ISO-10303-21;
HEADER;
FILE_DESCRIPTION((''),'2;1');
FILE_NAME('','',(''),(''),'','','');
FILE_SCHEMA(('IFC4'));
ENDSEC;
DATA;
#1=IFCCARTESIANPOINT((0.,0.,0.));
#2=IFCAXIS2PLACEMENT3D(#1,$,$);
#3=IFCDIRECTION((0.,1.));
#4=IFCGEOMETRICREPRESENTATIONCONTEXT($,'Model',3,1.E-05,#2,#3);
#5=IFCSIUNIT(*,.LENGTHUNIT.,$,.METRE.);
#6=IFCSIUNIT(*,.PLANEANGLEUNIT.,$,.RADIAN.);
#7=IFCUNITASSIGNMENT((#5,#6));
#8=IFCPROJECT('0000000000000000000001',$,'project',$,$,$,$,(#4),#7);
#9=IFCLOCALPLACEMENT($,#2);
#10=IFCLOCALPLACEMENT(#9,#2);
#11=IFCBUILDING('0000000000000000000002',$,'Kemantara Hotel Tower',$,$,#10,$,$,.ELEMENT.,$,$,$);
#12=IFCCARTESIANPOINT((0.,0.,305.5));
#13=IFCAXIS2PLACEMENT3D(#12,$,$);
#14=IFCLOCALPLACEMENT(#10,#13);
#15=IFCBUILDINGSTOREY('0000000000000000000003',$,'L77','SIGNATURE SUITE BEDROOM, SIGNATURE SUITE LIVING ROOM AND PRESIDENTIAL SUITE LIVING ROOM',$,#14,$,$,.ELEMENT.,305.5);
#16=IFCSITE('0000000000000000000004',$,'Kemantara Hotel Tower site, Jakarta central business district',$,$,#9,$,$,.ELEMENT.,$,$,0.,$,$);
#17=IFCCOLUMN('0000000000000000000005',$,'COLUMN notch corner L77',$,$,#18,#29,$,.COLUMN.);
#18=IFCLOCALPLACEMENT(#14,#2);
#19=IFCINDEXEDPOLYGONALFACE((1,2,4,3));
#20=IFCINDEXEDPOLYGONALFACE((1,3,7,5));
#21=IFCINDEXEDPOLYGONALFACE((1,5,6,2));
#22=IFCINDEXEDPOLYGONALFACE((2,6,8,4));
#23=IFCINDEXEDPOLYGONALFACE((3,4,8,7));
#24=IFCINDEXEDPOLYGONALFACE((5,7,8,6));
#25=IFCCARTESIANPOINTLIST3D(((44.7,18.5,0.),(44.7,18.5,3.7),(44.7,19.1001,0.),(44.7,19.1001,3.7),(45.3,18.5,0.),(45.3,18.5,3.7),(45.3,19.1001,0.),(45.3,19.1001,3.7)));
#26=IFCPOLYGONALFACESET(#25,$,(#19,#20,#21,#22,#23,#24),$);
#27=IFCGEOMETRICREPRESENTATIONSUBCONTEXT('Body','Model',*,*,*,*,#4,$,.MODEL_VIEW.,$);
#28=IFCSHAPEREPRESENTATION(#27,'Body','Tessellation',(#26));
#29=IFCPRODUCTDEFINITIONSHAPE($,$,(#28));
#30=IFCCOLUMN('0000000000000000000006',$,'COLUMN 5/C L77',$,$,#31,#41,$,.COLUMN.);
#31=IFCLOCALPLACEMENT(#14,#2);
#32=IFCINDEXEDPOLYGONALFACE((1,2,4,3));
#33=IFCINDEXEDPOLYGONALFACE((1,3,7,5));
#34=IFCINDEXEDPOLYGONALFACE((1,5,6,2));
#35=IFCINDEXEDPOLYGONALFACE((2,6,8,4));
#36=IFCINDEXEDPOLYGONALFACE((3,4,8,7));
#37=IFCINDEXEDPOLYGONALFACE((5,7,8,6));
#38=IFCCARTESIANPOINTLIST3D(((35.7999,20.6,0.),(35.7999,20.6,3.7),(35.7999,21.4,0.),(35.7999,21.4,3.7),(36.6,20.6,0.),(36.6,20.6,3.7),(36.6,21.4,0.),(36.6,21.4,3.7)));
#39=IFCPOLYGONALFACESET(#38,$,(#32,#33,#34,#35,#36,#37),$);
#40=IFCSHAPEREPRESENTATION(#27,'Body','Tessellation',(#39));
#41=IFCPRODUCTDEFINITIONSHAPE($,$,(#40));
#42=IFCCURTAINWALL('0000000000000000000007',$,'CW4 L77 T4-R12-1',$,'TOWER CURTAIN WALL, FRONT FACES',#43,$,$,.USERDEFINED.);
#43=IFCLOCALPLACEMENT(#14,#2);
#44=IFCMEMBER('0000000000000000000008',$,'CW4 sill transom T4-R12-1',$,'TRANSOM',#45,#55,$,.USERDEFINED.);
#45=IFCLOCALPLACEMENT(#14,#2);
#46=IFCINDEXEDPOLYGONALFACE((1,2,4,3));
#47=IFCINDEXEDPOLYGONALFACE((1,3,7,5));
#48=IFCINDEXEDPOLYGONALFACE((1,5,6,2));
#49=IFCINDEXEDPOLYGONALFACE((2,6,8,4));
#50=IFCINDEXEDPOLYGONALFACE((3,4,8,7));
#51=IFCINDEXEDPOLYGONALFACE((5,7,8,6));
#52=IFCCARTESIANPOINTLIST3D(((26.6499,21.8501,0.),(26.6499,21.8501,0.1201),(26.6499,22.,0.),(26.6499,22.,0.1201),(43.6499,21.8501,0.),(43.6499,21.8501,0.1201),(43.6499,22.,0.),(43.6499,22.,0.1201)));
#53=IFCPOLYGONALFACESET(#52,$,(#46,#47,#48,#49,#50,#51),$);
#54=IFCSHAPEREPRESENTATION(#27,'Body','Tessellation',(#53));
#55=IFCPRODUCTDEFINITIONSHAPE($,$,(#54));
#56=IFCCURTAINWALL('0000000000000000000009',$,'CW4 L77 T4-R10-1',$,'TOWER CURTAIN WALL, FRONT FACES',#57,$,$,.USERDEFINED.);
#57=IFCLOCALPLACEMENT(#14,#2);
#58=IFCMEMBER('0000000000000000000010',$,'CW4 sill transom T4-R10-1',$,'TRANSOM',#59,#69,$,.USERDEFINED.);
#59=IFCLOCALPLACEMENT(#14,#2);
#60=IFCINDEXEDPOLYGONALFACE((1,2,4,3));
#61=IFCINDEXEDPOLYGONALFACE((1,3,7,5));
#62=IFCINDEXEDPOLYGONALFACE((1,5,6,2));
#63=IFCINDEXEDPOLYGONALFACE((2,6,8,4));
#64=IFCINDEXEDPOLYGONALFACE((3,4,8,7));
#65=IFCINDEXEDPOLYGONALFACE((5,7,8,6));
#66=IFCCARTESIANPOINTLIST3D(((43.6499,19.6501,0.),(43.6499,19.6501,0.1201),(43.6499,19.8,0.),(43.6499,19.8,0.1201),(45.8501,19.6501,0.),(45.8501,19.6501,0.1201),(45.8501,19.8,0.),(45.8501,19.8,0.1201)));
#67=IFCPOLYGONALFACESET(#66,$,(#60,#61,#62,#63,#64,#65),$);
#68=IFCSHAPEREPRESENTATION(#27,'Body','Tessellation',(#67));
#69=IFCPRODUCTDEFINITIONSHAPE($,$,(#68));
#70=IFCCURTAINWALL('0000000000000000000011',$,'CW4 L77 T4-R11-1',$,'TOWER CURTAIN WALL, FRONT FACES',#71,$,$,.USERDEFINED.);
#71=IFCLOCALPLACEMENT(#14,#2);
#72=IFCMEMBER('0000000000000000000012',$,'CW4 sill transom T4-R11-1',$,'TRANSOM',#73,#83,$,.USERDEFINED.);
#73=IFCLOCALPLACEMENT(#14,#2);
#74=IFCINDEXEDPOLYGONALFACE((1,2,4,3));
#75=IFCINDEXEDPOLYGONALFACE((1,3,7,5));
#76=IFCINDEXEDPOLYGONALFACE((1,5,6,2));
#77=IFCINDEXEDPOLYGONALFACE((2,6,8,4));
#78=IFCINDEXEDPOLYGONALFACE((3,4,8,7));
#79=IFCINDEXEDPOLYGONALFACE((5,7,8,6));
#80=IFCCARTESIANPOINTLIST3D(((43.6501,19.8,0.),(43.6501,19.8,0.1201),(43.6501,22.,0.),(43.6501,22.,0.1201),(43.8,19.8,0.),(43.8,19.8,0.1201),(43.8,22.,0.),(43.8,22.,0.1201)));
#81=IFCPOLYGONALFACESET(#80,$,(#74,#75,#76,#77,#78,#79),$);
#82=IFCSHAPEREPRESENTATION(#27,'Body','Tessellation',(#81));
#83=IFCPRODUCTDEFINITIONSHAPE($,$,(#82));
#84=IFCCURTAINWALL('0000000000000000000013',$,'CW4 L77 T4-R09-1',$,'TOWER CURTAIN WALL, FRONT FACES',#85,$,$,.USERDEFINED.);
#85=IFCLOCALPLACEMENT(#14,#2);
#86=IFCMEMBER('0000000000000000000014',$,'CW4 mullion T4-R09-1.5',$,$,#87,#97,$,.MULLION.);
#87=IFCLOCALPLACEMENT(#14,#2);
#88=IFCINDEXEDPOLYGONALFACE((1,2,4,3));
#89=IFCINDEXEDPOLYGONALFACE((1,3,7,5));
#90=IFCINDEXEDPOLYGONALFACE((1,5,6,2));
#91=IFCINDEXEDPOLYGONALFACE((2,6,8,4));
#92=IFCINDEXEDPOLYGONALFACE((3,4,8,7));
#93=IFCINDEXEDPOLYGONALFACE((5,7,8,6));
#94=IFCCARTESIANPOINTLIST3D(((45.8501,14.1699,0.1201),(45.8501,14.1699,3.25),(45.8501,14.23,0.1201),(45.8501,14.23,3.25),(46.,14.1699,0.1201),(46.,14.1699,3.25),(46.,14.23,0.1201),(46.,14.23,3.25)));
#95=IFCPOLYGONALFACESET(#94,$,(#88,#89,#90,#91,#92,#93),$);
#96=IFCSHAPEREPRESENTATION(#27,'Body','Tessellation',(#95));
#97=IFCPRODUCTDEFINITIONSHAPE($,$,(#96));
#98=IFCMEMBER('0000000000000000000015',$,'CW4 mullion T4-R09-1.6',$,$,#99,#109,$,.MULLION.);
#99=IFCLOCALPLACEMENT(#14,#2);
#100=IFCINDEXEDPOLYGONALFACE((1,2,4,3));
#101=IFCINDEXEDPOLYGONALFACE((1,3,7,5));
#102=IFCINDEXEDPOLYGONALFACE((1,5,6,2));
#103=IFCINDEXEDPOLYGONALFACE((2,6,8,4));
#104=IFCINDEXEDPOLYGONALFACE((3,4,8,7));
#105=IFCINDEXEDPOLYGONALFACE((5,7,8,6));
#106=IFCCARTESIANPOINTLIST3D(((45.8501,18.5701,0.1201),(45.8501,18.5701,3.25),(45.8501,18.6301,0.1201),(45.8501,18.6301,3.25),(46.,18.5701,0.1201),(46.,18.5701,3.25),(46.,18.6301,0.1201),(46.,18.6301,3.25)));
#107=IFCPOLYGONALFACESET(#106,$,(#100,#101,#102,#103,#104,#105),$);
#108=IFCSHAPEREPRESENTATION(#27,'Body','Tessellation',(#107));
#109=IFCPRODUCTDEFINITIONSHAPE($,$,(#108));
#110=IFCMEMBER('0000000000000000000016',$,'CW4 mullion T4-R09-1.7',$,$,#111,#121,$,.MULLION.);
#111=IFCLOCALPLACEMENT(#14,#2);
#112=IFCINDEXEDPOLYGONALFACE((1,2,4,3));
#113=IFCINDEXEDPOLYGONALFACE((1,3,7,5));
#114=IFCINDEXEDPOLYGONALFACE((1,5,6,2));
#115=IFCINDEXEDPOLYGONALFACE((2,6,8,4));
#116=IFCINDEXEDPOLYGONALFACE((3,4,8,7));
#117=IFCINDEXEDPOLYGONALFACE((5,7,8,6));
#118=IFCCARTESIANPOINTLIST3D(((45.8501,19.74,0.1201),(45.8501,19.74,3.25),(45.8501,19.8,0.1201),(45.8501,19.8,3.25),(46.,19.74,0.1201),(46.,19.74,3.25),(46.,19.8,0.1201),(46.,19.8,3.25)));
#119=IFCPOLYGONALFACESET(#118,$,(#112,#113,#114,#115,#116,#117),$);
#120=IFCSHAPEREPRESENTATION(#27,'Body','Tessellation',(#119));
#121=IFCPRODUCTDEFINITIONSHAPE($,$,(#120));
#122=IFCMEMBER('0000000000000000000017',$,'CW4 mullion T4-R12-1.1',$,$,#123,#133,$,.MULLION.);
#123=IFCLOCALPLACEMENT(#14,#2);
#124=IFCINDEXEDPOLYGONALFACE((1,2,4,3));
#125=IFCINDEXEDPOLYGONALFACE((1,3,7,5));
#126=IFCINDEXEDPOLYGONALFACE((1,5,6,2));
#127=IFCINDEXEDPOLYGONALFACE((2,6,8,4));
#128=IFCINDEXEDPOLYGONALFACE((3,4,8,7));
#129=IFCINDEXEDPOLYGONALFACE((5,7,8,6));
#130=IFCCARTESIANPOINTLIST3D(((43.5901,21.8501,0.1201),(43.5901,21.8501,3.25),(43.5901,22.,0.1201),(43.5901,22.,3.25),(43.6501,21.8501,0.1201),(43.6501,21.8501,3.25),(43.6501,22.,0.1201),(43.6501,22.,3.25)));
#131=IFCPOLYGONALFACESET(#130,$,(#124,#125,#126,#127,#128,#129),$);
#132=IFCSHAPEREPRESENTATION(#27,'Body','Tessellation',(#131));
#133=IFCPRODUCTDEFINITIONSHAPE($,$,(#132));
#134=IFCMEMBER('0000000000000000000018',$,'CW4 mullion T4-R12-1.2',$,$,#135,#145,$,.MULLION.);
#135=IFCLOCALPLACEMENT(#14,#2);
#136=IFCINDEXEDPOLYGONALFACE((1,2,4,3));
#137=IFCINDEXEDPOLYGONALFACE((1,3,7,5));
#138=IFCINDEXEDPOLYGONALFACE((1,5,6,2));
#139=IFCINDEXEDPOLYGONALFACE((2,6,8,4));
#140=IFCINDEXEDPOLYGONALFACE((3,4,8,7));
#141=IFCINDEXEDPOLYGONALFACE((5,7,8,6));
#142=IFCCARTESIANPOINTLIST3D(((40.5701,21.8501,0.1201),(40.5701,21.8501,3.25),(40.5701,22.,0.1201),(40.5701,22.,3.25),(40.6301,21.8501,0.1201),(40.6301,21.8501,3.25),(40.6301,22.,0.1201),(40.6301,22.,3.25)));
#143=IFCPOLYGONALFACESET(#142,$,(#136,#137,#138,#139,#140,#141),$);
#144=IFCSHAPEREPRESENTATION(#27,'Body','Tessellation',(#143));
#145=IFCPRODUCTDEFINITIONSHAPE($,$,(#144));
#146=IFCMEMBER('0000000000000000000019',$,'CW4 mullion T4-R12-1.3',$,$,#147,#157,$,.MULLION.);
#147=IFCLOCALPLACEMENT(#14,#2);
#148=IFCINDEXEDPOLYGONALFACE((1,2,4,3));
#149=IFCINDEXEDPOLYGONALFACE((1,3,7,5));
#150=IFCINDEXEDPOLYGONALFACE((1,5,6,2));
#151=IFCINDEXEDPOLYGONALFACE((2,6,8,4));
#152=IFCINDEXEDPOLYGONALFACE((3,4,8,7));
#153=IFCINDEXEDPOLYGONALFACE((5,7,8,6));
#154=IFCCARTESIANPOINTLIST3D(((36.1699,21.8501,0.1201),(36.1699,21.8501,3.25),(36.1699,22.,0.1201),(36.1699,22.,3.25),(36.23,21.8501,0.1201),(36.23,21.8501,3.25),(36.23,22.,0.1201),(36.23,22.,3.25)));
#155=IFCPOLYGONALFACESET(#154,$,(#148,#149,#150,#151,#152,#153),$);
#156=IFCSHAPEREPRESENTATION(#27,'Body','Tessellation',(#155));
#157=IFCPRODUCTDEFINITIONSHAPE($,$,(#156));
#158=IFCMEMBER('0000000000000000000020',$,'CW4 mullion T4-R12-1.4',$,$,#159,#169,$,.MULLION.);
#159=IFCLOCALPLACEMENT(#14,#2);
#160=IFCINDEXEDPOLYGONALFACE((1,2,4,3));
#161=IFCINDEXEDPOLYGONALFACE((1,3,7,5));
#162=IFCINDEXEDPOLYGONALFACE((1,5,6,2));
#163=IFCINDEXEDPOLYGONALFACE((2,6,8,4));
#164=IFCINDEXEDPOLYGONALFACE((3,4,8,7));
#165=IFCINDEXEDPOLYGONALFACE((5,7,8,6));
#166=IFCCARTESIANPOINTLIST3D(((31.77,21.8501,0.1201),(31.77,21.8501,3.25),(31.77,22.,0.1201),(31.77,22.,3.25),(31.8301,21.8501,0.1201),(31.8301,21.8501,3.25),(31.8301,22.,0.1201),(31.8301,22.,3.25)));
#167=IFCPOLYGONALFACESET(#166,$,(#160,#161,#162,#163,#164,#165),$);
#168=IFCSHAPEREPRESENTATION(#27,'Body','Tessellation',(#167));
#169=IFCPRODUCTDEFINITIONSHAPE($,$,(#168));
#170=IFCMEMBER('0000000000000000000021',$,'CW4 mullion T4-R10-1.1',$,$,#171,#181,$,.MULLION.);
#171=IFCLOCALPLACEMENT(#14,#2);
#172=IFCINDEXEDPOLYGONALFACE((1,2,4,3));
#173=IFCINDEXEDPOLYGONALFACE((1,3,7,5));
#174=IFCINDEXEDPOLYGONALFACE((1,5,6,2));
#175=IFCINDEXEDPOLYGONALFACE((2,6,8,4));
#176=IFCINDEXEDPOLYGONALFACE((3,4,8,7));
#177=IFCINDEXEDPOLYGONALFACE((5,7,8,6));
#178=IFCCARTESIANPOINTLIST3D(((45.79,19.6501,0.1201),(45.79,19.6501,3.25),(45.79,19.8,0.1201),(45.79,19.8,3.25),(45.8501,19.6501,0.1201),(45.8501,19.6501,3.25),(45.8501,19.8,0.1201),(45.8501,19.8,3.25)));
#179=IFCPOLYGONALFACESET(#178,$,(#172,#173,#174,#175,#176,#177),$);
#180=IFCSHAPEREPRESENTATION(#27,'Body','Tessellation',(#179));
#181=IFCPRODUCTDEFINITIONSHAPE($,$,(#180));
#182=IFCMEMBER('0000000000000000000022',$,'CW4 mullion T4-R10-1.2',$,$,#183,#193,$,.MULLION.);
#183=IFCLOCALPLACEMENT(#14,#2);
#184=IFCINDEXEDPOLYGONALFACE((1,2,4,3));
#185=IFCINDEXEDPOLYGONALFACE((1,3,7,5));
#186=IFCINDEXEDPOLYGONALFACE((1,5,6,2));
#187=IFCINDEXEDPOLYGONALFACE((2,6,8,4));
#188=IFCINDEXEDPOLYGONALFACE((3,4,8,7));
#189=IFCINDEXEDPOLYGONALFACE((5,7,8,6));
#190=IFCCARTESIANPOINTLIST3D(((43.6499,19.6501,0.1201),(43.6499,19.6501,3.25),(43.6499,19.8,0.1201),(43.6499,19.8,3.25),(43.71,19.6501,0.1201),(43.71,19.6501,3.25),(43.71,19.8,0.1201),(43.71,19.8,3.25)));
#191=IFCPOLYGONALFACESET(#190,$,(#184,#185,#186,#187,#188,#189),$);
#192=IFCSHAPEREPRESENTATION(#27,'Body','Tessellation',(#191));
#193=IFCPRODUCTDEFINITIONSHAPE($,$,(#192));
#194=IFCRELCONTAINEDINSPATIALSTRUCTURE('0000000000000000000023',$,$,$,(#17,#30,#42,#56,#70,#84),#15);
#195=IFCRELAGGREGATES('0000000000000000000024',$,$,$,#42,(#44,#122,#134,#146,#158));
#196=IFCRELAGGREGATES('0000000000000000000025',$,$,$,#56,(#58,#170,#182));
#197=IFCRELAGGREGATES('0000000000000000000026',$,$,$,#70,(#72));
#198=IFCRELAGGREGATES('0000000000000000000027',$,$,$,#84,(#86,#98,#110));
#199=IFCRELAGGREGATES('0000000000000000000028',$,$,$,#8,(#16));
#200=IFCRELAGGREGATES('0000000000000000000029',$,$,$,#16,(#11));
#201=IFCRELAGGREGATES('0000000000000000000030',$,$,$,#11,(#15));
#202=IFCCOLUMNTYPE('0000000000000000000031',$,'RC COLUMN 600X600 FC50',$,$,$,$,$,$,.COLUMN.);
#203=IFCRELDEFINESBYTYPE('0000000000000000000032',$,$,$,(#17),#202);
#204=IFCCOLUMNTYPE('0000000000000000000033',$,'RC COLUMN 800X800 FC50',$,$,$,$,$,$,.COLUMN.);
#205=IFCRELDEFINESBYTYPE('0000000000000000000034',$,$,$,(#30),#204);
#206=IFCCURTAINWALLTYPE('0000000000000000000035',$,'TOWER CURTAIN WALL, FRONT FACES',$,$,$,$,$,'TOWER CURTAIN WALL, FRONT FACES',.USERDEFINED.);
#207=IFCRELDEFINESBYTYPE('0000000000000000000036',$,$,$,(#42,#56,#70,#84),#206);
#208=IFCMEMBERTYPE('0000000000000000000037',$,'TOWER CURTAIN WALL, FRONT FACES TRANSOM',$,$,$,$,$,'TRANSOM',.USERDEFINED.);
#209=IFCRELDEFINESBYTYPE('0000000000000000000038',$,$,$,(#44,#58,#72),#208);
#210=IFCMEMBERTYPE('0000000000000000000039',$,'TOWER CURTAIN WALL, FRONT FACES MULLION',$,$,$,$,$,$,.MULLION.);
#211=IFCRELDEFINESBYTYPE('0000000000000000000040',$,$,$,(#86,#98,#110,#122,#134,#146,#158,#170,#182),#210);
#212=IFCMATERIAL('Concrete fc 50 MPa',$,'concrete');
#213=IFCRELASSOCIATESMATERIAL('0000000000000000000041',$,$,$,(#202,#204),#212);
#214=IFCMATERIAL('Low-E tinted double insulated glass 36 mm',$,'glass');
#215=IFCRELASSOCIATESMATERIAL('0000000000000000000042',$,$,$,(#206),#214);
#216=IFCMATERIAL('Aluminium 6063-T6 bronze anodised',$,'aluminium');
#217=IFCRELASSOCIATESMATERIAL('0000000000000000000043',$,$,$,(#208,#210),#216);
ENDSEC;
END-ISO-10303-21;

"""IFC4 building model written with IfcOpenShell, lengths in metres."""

from ifc_helpers import new_model, si_unit, direction, frame, origin, origin_2d, place, context, subcontext, project, spatial, rectangle, extrude, source, transform, mapped, material, material_profile, profile_set, type_object, element, aggregate, save


model = new_model("IFC4")

# Units and contexts
model_context = context("Model", 3, precision=1e-05, world=origin(), true_north=direction((0.0, 1.0)))
body_context = subcontext(model_context, "Body", "Model", "MODEL_VIEW")
ifc_project = project(units=[si_unit("LENGTHUNIT", "METRE"), si_unit("PLANEANGLEUNIT", "RADIAN")], contexts=[model_context])

# Site, building, storey
site_placement = place(None, origin())
site = spatial("IfcSite", under=ifc_project, at=site_placement, Name="Kemantara Hotel Tower site, Jakarta central business district", CompositionType="ELEMENT", RefElevation=0.0)
building_placement = place(site_placement, origin())
building = spatial("IfcBuilding", under=site, at=building_placement, Name="Kemantara Hotel Tower", CompositionType="ELEMENT")
storey_placement = place(building_placement, frame((0.0, 0.0, 305.5)))
storey = spatial("IfcBuildingStorey", under=building, at=storey_placement, Name="L77", Description="SIGNATURE SUITE BEDROOM, SIGNATURE SUITE LIVING ROOM AND PRESIDENTIAL SUITE LIVING ROOM", CompositionType="ELEMENT", Elevation=305.5)

# Columns
ifc_material_1 = material(Name="Concrete fc 50 MPa", Category="concrete")
ifc_material_profile_1 = material_profile(ifc_material_1, rectangle(XDim=0.6001, YDim=0.6001, at=origin_2d()), Name="RC 600X600")
ifc_profile_set_1 = profile_set([ifc_material_profile_1], Name="Concrete fc 50 MPa")
column_type_1 = type_object("IfcColumnType", Name="RC COLUMN 600X600 FC50", PredefinedType="COLUMN", material=ifc_profile_set_1)
column_1_placement = place(storey_placement, frame((45.0, 18.8, 0.0), z_axis=(0.0, 0.0, 1.0), x_axis=(1.0, 0.0, 0.0)))
element("IfcColumn", 1, at=column_1_placement, inside=storey, type_object=column_type_1, Name="COLUMN notch corner L77", PredefinedType="COLUMN", context=body_context, shape_type="SweptSolid", body=[
    extrude(rectangle(XDim=0.6001, YDim=0.6001, at=origin_2d()), origin(), (0.0, 0.0, 1.0), 3.7),
])
ifc_material_profile_2 = material_profile(ifc_material_1, rectangle(XDim=0.8, YDim=0.8, at=origin_2d()), Name="RC 800X800")
ifc_profile_set_2 = profile_set([ifc_material_profile_2], Name="Concrete fc 50 MPa")
column_type_2 = type_object("IfcColumnType", Name="RC COLUMN 800X800 FC50", PredefinedType="COLUMN", material=ifc_profile_set_2)
column_2_placement = place(storey_placement, frame((36.2, 21.0, 0.0), z_axis=(0.0, 0.0, 1.0), x_axis=(1.0, 0.0, 0.0)))
element("IfcColumn", 2, at=column_2_placement, inside=storey, type_object=column_type_2, Name="COLUMN 5/C L77", PredefinedType="COLUMN", context=body_context, shape_type="SweptSolid", body=[
    extrude(rectangle(XDim=0.8, YDim=0.8, at=origin_2d()), origin(), (0.0, 0.0, 1.0), 3.7),
])

# Curtain walls, members
ifc_material_2 = material(Name="Low-E tinted double insulated glass 36 mm", Category="glass")
curtain_wall_type = type_object("IfcCurtainWallType", Name="TOWER CURTAIN WALL, FRONT FACES", ElementType="TOWER CURTAIN WALL, FRONT FACES", PredefinedType="USERDEFINED", material=ifc_material_2)
curtain_wall_1_placement = place(storey_placement, origin())
curtain_wall_1 = element("IfcCurtainWall", 3, at=curtain_wall_1_placement, inside=storey, type_object=curtain_wall_type, Name="CW4 L77 T4-R12-1", ObjectType="TOWER CURTAIN WALL, FRONT FACES", PredefinedType="USERDEFINED")
ifc_material_3 = material(Name="Aluminium 6063-T6 bronze anodised", Category="aluminium")
ifc_material_profile_3 = material_profile(ifc_material_3, rectangle(XDim=0.1499, YDim=0.1201, at=origin_2d()), Name="TOWER CURTAIN WALL, FRONT FACES TRANSOM")
ifc_profile_set_3 = profile_set([ifc_material_profile_3], Name="Aluminium 6063-T6 bronze anodised")
member_type_1 = type_object("IfcMemberType", Name="TOWER CURTAIN WALL, FRONT FACES TRANSOM", ElementType="TRANSOM", PredefinedType="USERDEFINED", material=ifc_profile_set_3)
member_1_placement = place(storey_placement, frame((43.6499, 21.925, 0.0601), z_axis=(-1.0, 0.0, 0.0), x_axis=(0.0, -1.0, 0.0)))
member_1 = element("IfcMember", 4, at=member_1_placement, type_object=member_type_1, Name="CW4 sill transom T4-R12-1", ObjectType="TRANSOM", PredefinedType="USERDEFINED", context=body_context, shape_type="SweptSolid", body=[
    extrude(rectangle(XDim=0.1499, YDim=0.1201, at=origin_2d()), origin(), (0.0, 0.0, 1.0), 17.0),
])
curtain_wall_2_placement = place(storey_placement, origin())
curtain_wall_2 = element("IfcCurtainWall", 5, at=curtain_wall_2_placement, inside=storey, type_object=curtain_wall_type, Name="CW4 L77 T4-R10-1", ObjectType="TOWER CURTAIN WALL, FRONT FACES", PredefinedType="USERDEFINED")
member_2_placement = place(storey_placement, frame((45.8501, 19.7251, 0.0601), z_axis=(-1.0, 0.0, 0.0), x_axis=(0.0, -1.0, 0.0)))
member_2 = element("IfcMember", 6, at=member_2_placement, type_object=member_type_1, Name="CW4 sill transom T4-R10-1", ObjectType="TRANSOM", PredefinedType="USERDEFINED", context=body_context, shape_type="SweptSolid", body=[
    extrude(rectangle(XDim=0.1499, YDim=0.1201, at=origin_2d()), origin(), (0.0, 0.0, 1.0), 2.2002),
])
curtain_wall_3_placement = place(storey_placement, origin())
curtain_wall_3 = element("IfcCurtainWall", 7, at=curtain_wall_3_placement, inside=storey, type_object=curtain_wall_type, Name="CW4 L77 T4-R11-1", ObjectType="TOWER CURTAIN WALL, FRONT FACES", PredefinedType="USERDEFINED")
member_3_placement = place(storey_placement, frame((43.7251, 19.8, 0.0601), z_axis=(0.0, 1.0, 0.0), x_axis=(-1.0, 0.0, 0.0)))
member_3 = element("IfcMember", 8, at=member_3_placement, type_object=member_type_1, Name="CW4 sill transom T4-R11-1", ObjectType="TRANSOM", PredefinedType="USERDEFINED", context=body_context, shape_type="SweptSolid", body=[
    extrude(rectangle(XDim=0.1499, YDim=0.1201, at=origin_2d()), origin(), (0.0, 0.0, 1.0), 2.2),
])

# Curtain wall, members
curtain_wall_4_placement = place(storey_placement, origin())
curtain_wall_4 = element("IfcCurtainWall", 9, at=curtain_wall_4_placement, inside=storey, type_object=curtain_wall_type, Name="CW4 L77 T4-R09-1", ObjectType="TOWER CURTAIN WALL, FRONT FACES", PredefinedType="USERDEFINED")
ifc_material_profile_4 = material_profile(ifc_material_3, rectangle(XDim=0.1499, YDim=0.0601, at=origin_2d()), Name="TOWER CURTAIN WALL, FRONT FACES MULLION")
ifc_profile_set_4 = profile_set([ifc_material_profile_4], Name="Aluminium 6063-T6 bronze anodised")
member_type_2 = type_object("IfcMemberType", Name="TOWER CURTAIN WALL, FRONT FACES MULLION", PredefinedType="MULLION", material=ifc_profile_set_4)
shared_shape_1 = source(origin(), body_context, "Body", "SweptSolid", [
    extrude(rectangle(XDim=0.1499, YDim=0.0601, at=origin_2d()), origin(), (0.0, 0.0, 1.0), 3.1299),
])
member_4_placement = place(storey_placement, frame((45.925, 14.2, 0.1201), z_axis=(0.0, 0.0, 1.0), x_axis=(-1.0, 0.0, 0.0)))
member_4 = element("IfcMember", 10, at=member_4_placement, type_object=member_type_2, Name="CW4 mullion T4-R09-1.5", PredefinedType="MULLION", context=body_context, shape_type="MappedRepresentation", body=[
    mapped(shared_shape_1, transform((0.0, 0.0, 0.0))),
])
member_5_placement = place(storey_placement, frame((45.925, 18.6001, 0.1201), z_axis=(0.0, 0.0, 1.0), x_axis=(-1.0, 0.0, 0.0)))
member_5 = element("IfcMember", 11, at=member_5_placement, type_object=member_type_2, Name="CW4 mullion T4-R09-1.6", PredefinedType="MULLION", context=body_context, shape_type="MappedRepresentation", body=[
    mapped(shared_shape_1, transform((0.0, 0.0, 0.0))),
])
member_6_placement = place(storey_placement, frame((45.925, 19.77, 0.1201), z_axis=(0.0, 0.0, 1.0), x_axis=(-1.0, 0.0, 0.0)))
member_6 = element("IfcMember", 12, at=member_6_placement, type_object=member_type_2, Name="CW4 mullion T4-R09-1.7", PredefinedType="MULLION", context=body_context, shape_type="MappedRepresentation", body=[
    mapped(shared_shape_1, transform((0.0, 0.0, 0.0))),
])

# Members
member_7_placement = place(storey_placement, frame((43.6201, 21.925, 0.1201), z_axis=(0.0, 0.0, 1.0), x_axis=(0.0, -1.0, 0.0)))
member_7 = element("IfcMember", 13, at=member_7_placement, type_object=member_type_2, Name="CW4 mullion T4-R12-1.1", PredefinedType="MULLION", context=body_context, shape_type="MappedRepresentation", body=[
    mapped(shared_shape_1, transform((0.0, 0.0, 0.0))),
])
member_8_placement = place(storey_placement, frame((40.6001, 21.925, 0.1201), z_axis=(0.0, 0.0, 1.0), x_axis=(0.0, -1.0, 0.0)))
member_8 = element("IfcMember", 14, at=member_8_placement, type_object=member_type_2, Name="CW4 mullion T4-R12-1.2", PredefinedType="MULLION", context=body_context, shape_type="MappedRepresentation", body=[
    mapped(shared_shape_1, transform((0.0, 0.0, 0.0))),
])
member_9_placement = place(storey_placement, frame((36.2, 21.925, 0.1201), z_axis=(0.0, 0.0, 1.0), x_axis=(0.0, -1.0, 0.0)))
member_9 = element("IfcMember", 15, at=member_9_placement, type_object=member_type_2, Name="CW4 mullion T4-R12-1.3", PredefinedType="MULLION", context=body_context, shape_type="MappedRepresentation", body=[
    mapped(shared_shape_1, transform((0.0, 0.0, 0.0))),
])
member_10_placement = place(storey_placement, frame((31.8, 21.925, 0.1201), z_axis=(0.0, 0.0, 1.0), x_axis=(0.0, -1.0, 0.0)))
member_10 = element("IfcMember", 16, at=member_10_placement, type_object=member_type_2, Name="CW4 mullion T4-R12-1.4", PredefinedType="MULLION", context=body_context, shape_type="MappedRepresentation", body=[
    mapped(shared_shape_1, transform((0.0, 0.0, 0.0))),
])
member_11_placement = place(storey_placement, frame((45.8201, 19.7251, 0.1201), z_axis=(0.0, 0.0, 1.0), x_axis=(0.0, -1.0, 0.0)))
member_11 = element("IfcMember", 17, at=member_11_placement, type_object=member_type_2, Name="CW4 mullion T4-R10-1.1", PredefinedType="MULLION", context=body_context, shape_type="MappedRepresentation", body=[
    mapped(shared_shape_1, transform((0.0, 0.0, 0.0))),
])
member_12_placement = place(storey_placement, frame((43.6799, 19.7251, 0.1201), z_axis=(0.0, 0.0, 1.0), x_axis=(0.0, -1.0, 0.0)))
member_12 = element("IfcMember", 18, at=member_12_placement, type_object=member_type_2, Name="CW4 mullion T4-R10-1.2", PredefinedType="MULLION", context=body_context, shape_type="MappedRepresentation", body=[
    mapped(shared_shape_1, transform((0.0, 0.0, 0.0))),
])

aggregate(curtain_wall_1, [member_1, member_7, member_8, member_9, member_10])
aggregate(curtain_wall_2, [member_2, member_11, member_12])
aggregate(curtain_wall_3, [member_3])
aggregate(curtain_wall_4, [member_4, member_5, member_6])

save(model, "model.ifc")
